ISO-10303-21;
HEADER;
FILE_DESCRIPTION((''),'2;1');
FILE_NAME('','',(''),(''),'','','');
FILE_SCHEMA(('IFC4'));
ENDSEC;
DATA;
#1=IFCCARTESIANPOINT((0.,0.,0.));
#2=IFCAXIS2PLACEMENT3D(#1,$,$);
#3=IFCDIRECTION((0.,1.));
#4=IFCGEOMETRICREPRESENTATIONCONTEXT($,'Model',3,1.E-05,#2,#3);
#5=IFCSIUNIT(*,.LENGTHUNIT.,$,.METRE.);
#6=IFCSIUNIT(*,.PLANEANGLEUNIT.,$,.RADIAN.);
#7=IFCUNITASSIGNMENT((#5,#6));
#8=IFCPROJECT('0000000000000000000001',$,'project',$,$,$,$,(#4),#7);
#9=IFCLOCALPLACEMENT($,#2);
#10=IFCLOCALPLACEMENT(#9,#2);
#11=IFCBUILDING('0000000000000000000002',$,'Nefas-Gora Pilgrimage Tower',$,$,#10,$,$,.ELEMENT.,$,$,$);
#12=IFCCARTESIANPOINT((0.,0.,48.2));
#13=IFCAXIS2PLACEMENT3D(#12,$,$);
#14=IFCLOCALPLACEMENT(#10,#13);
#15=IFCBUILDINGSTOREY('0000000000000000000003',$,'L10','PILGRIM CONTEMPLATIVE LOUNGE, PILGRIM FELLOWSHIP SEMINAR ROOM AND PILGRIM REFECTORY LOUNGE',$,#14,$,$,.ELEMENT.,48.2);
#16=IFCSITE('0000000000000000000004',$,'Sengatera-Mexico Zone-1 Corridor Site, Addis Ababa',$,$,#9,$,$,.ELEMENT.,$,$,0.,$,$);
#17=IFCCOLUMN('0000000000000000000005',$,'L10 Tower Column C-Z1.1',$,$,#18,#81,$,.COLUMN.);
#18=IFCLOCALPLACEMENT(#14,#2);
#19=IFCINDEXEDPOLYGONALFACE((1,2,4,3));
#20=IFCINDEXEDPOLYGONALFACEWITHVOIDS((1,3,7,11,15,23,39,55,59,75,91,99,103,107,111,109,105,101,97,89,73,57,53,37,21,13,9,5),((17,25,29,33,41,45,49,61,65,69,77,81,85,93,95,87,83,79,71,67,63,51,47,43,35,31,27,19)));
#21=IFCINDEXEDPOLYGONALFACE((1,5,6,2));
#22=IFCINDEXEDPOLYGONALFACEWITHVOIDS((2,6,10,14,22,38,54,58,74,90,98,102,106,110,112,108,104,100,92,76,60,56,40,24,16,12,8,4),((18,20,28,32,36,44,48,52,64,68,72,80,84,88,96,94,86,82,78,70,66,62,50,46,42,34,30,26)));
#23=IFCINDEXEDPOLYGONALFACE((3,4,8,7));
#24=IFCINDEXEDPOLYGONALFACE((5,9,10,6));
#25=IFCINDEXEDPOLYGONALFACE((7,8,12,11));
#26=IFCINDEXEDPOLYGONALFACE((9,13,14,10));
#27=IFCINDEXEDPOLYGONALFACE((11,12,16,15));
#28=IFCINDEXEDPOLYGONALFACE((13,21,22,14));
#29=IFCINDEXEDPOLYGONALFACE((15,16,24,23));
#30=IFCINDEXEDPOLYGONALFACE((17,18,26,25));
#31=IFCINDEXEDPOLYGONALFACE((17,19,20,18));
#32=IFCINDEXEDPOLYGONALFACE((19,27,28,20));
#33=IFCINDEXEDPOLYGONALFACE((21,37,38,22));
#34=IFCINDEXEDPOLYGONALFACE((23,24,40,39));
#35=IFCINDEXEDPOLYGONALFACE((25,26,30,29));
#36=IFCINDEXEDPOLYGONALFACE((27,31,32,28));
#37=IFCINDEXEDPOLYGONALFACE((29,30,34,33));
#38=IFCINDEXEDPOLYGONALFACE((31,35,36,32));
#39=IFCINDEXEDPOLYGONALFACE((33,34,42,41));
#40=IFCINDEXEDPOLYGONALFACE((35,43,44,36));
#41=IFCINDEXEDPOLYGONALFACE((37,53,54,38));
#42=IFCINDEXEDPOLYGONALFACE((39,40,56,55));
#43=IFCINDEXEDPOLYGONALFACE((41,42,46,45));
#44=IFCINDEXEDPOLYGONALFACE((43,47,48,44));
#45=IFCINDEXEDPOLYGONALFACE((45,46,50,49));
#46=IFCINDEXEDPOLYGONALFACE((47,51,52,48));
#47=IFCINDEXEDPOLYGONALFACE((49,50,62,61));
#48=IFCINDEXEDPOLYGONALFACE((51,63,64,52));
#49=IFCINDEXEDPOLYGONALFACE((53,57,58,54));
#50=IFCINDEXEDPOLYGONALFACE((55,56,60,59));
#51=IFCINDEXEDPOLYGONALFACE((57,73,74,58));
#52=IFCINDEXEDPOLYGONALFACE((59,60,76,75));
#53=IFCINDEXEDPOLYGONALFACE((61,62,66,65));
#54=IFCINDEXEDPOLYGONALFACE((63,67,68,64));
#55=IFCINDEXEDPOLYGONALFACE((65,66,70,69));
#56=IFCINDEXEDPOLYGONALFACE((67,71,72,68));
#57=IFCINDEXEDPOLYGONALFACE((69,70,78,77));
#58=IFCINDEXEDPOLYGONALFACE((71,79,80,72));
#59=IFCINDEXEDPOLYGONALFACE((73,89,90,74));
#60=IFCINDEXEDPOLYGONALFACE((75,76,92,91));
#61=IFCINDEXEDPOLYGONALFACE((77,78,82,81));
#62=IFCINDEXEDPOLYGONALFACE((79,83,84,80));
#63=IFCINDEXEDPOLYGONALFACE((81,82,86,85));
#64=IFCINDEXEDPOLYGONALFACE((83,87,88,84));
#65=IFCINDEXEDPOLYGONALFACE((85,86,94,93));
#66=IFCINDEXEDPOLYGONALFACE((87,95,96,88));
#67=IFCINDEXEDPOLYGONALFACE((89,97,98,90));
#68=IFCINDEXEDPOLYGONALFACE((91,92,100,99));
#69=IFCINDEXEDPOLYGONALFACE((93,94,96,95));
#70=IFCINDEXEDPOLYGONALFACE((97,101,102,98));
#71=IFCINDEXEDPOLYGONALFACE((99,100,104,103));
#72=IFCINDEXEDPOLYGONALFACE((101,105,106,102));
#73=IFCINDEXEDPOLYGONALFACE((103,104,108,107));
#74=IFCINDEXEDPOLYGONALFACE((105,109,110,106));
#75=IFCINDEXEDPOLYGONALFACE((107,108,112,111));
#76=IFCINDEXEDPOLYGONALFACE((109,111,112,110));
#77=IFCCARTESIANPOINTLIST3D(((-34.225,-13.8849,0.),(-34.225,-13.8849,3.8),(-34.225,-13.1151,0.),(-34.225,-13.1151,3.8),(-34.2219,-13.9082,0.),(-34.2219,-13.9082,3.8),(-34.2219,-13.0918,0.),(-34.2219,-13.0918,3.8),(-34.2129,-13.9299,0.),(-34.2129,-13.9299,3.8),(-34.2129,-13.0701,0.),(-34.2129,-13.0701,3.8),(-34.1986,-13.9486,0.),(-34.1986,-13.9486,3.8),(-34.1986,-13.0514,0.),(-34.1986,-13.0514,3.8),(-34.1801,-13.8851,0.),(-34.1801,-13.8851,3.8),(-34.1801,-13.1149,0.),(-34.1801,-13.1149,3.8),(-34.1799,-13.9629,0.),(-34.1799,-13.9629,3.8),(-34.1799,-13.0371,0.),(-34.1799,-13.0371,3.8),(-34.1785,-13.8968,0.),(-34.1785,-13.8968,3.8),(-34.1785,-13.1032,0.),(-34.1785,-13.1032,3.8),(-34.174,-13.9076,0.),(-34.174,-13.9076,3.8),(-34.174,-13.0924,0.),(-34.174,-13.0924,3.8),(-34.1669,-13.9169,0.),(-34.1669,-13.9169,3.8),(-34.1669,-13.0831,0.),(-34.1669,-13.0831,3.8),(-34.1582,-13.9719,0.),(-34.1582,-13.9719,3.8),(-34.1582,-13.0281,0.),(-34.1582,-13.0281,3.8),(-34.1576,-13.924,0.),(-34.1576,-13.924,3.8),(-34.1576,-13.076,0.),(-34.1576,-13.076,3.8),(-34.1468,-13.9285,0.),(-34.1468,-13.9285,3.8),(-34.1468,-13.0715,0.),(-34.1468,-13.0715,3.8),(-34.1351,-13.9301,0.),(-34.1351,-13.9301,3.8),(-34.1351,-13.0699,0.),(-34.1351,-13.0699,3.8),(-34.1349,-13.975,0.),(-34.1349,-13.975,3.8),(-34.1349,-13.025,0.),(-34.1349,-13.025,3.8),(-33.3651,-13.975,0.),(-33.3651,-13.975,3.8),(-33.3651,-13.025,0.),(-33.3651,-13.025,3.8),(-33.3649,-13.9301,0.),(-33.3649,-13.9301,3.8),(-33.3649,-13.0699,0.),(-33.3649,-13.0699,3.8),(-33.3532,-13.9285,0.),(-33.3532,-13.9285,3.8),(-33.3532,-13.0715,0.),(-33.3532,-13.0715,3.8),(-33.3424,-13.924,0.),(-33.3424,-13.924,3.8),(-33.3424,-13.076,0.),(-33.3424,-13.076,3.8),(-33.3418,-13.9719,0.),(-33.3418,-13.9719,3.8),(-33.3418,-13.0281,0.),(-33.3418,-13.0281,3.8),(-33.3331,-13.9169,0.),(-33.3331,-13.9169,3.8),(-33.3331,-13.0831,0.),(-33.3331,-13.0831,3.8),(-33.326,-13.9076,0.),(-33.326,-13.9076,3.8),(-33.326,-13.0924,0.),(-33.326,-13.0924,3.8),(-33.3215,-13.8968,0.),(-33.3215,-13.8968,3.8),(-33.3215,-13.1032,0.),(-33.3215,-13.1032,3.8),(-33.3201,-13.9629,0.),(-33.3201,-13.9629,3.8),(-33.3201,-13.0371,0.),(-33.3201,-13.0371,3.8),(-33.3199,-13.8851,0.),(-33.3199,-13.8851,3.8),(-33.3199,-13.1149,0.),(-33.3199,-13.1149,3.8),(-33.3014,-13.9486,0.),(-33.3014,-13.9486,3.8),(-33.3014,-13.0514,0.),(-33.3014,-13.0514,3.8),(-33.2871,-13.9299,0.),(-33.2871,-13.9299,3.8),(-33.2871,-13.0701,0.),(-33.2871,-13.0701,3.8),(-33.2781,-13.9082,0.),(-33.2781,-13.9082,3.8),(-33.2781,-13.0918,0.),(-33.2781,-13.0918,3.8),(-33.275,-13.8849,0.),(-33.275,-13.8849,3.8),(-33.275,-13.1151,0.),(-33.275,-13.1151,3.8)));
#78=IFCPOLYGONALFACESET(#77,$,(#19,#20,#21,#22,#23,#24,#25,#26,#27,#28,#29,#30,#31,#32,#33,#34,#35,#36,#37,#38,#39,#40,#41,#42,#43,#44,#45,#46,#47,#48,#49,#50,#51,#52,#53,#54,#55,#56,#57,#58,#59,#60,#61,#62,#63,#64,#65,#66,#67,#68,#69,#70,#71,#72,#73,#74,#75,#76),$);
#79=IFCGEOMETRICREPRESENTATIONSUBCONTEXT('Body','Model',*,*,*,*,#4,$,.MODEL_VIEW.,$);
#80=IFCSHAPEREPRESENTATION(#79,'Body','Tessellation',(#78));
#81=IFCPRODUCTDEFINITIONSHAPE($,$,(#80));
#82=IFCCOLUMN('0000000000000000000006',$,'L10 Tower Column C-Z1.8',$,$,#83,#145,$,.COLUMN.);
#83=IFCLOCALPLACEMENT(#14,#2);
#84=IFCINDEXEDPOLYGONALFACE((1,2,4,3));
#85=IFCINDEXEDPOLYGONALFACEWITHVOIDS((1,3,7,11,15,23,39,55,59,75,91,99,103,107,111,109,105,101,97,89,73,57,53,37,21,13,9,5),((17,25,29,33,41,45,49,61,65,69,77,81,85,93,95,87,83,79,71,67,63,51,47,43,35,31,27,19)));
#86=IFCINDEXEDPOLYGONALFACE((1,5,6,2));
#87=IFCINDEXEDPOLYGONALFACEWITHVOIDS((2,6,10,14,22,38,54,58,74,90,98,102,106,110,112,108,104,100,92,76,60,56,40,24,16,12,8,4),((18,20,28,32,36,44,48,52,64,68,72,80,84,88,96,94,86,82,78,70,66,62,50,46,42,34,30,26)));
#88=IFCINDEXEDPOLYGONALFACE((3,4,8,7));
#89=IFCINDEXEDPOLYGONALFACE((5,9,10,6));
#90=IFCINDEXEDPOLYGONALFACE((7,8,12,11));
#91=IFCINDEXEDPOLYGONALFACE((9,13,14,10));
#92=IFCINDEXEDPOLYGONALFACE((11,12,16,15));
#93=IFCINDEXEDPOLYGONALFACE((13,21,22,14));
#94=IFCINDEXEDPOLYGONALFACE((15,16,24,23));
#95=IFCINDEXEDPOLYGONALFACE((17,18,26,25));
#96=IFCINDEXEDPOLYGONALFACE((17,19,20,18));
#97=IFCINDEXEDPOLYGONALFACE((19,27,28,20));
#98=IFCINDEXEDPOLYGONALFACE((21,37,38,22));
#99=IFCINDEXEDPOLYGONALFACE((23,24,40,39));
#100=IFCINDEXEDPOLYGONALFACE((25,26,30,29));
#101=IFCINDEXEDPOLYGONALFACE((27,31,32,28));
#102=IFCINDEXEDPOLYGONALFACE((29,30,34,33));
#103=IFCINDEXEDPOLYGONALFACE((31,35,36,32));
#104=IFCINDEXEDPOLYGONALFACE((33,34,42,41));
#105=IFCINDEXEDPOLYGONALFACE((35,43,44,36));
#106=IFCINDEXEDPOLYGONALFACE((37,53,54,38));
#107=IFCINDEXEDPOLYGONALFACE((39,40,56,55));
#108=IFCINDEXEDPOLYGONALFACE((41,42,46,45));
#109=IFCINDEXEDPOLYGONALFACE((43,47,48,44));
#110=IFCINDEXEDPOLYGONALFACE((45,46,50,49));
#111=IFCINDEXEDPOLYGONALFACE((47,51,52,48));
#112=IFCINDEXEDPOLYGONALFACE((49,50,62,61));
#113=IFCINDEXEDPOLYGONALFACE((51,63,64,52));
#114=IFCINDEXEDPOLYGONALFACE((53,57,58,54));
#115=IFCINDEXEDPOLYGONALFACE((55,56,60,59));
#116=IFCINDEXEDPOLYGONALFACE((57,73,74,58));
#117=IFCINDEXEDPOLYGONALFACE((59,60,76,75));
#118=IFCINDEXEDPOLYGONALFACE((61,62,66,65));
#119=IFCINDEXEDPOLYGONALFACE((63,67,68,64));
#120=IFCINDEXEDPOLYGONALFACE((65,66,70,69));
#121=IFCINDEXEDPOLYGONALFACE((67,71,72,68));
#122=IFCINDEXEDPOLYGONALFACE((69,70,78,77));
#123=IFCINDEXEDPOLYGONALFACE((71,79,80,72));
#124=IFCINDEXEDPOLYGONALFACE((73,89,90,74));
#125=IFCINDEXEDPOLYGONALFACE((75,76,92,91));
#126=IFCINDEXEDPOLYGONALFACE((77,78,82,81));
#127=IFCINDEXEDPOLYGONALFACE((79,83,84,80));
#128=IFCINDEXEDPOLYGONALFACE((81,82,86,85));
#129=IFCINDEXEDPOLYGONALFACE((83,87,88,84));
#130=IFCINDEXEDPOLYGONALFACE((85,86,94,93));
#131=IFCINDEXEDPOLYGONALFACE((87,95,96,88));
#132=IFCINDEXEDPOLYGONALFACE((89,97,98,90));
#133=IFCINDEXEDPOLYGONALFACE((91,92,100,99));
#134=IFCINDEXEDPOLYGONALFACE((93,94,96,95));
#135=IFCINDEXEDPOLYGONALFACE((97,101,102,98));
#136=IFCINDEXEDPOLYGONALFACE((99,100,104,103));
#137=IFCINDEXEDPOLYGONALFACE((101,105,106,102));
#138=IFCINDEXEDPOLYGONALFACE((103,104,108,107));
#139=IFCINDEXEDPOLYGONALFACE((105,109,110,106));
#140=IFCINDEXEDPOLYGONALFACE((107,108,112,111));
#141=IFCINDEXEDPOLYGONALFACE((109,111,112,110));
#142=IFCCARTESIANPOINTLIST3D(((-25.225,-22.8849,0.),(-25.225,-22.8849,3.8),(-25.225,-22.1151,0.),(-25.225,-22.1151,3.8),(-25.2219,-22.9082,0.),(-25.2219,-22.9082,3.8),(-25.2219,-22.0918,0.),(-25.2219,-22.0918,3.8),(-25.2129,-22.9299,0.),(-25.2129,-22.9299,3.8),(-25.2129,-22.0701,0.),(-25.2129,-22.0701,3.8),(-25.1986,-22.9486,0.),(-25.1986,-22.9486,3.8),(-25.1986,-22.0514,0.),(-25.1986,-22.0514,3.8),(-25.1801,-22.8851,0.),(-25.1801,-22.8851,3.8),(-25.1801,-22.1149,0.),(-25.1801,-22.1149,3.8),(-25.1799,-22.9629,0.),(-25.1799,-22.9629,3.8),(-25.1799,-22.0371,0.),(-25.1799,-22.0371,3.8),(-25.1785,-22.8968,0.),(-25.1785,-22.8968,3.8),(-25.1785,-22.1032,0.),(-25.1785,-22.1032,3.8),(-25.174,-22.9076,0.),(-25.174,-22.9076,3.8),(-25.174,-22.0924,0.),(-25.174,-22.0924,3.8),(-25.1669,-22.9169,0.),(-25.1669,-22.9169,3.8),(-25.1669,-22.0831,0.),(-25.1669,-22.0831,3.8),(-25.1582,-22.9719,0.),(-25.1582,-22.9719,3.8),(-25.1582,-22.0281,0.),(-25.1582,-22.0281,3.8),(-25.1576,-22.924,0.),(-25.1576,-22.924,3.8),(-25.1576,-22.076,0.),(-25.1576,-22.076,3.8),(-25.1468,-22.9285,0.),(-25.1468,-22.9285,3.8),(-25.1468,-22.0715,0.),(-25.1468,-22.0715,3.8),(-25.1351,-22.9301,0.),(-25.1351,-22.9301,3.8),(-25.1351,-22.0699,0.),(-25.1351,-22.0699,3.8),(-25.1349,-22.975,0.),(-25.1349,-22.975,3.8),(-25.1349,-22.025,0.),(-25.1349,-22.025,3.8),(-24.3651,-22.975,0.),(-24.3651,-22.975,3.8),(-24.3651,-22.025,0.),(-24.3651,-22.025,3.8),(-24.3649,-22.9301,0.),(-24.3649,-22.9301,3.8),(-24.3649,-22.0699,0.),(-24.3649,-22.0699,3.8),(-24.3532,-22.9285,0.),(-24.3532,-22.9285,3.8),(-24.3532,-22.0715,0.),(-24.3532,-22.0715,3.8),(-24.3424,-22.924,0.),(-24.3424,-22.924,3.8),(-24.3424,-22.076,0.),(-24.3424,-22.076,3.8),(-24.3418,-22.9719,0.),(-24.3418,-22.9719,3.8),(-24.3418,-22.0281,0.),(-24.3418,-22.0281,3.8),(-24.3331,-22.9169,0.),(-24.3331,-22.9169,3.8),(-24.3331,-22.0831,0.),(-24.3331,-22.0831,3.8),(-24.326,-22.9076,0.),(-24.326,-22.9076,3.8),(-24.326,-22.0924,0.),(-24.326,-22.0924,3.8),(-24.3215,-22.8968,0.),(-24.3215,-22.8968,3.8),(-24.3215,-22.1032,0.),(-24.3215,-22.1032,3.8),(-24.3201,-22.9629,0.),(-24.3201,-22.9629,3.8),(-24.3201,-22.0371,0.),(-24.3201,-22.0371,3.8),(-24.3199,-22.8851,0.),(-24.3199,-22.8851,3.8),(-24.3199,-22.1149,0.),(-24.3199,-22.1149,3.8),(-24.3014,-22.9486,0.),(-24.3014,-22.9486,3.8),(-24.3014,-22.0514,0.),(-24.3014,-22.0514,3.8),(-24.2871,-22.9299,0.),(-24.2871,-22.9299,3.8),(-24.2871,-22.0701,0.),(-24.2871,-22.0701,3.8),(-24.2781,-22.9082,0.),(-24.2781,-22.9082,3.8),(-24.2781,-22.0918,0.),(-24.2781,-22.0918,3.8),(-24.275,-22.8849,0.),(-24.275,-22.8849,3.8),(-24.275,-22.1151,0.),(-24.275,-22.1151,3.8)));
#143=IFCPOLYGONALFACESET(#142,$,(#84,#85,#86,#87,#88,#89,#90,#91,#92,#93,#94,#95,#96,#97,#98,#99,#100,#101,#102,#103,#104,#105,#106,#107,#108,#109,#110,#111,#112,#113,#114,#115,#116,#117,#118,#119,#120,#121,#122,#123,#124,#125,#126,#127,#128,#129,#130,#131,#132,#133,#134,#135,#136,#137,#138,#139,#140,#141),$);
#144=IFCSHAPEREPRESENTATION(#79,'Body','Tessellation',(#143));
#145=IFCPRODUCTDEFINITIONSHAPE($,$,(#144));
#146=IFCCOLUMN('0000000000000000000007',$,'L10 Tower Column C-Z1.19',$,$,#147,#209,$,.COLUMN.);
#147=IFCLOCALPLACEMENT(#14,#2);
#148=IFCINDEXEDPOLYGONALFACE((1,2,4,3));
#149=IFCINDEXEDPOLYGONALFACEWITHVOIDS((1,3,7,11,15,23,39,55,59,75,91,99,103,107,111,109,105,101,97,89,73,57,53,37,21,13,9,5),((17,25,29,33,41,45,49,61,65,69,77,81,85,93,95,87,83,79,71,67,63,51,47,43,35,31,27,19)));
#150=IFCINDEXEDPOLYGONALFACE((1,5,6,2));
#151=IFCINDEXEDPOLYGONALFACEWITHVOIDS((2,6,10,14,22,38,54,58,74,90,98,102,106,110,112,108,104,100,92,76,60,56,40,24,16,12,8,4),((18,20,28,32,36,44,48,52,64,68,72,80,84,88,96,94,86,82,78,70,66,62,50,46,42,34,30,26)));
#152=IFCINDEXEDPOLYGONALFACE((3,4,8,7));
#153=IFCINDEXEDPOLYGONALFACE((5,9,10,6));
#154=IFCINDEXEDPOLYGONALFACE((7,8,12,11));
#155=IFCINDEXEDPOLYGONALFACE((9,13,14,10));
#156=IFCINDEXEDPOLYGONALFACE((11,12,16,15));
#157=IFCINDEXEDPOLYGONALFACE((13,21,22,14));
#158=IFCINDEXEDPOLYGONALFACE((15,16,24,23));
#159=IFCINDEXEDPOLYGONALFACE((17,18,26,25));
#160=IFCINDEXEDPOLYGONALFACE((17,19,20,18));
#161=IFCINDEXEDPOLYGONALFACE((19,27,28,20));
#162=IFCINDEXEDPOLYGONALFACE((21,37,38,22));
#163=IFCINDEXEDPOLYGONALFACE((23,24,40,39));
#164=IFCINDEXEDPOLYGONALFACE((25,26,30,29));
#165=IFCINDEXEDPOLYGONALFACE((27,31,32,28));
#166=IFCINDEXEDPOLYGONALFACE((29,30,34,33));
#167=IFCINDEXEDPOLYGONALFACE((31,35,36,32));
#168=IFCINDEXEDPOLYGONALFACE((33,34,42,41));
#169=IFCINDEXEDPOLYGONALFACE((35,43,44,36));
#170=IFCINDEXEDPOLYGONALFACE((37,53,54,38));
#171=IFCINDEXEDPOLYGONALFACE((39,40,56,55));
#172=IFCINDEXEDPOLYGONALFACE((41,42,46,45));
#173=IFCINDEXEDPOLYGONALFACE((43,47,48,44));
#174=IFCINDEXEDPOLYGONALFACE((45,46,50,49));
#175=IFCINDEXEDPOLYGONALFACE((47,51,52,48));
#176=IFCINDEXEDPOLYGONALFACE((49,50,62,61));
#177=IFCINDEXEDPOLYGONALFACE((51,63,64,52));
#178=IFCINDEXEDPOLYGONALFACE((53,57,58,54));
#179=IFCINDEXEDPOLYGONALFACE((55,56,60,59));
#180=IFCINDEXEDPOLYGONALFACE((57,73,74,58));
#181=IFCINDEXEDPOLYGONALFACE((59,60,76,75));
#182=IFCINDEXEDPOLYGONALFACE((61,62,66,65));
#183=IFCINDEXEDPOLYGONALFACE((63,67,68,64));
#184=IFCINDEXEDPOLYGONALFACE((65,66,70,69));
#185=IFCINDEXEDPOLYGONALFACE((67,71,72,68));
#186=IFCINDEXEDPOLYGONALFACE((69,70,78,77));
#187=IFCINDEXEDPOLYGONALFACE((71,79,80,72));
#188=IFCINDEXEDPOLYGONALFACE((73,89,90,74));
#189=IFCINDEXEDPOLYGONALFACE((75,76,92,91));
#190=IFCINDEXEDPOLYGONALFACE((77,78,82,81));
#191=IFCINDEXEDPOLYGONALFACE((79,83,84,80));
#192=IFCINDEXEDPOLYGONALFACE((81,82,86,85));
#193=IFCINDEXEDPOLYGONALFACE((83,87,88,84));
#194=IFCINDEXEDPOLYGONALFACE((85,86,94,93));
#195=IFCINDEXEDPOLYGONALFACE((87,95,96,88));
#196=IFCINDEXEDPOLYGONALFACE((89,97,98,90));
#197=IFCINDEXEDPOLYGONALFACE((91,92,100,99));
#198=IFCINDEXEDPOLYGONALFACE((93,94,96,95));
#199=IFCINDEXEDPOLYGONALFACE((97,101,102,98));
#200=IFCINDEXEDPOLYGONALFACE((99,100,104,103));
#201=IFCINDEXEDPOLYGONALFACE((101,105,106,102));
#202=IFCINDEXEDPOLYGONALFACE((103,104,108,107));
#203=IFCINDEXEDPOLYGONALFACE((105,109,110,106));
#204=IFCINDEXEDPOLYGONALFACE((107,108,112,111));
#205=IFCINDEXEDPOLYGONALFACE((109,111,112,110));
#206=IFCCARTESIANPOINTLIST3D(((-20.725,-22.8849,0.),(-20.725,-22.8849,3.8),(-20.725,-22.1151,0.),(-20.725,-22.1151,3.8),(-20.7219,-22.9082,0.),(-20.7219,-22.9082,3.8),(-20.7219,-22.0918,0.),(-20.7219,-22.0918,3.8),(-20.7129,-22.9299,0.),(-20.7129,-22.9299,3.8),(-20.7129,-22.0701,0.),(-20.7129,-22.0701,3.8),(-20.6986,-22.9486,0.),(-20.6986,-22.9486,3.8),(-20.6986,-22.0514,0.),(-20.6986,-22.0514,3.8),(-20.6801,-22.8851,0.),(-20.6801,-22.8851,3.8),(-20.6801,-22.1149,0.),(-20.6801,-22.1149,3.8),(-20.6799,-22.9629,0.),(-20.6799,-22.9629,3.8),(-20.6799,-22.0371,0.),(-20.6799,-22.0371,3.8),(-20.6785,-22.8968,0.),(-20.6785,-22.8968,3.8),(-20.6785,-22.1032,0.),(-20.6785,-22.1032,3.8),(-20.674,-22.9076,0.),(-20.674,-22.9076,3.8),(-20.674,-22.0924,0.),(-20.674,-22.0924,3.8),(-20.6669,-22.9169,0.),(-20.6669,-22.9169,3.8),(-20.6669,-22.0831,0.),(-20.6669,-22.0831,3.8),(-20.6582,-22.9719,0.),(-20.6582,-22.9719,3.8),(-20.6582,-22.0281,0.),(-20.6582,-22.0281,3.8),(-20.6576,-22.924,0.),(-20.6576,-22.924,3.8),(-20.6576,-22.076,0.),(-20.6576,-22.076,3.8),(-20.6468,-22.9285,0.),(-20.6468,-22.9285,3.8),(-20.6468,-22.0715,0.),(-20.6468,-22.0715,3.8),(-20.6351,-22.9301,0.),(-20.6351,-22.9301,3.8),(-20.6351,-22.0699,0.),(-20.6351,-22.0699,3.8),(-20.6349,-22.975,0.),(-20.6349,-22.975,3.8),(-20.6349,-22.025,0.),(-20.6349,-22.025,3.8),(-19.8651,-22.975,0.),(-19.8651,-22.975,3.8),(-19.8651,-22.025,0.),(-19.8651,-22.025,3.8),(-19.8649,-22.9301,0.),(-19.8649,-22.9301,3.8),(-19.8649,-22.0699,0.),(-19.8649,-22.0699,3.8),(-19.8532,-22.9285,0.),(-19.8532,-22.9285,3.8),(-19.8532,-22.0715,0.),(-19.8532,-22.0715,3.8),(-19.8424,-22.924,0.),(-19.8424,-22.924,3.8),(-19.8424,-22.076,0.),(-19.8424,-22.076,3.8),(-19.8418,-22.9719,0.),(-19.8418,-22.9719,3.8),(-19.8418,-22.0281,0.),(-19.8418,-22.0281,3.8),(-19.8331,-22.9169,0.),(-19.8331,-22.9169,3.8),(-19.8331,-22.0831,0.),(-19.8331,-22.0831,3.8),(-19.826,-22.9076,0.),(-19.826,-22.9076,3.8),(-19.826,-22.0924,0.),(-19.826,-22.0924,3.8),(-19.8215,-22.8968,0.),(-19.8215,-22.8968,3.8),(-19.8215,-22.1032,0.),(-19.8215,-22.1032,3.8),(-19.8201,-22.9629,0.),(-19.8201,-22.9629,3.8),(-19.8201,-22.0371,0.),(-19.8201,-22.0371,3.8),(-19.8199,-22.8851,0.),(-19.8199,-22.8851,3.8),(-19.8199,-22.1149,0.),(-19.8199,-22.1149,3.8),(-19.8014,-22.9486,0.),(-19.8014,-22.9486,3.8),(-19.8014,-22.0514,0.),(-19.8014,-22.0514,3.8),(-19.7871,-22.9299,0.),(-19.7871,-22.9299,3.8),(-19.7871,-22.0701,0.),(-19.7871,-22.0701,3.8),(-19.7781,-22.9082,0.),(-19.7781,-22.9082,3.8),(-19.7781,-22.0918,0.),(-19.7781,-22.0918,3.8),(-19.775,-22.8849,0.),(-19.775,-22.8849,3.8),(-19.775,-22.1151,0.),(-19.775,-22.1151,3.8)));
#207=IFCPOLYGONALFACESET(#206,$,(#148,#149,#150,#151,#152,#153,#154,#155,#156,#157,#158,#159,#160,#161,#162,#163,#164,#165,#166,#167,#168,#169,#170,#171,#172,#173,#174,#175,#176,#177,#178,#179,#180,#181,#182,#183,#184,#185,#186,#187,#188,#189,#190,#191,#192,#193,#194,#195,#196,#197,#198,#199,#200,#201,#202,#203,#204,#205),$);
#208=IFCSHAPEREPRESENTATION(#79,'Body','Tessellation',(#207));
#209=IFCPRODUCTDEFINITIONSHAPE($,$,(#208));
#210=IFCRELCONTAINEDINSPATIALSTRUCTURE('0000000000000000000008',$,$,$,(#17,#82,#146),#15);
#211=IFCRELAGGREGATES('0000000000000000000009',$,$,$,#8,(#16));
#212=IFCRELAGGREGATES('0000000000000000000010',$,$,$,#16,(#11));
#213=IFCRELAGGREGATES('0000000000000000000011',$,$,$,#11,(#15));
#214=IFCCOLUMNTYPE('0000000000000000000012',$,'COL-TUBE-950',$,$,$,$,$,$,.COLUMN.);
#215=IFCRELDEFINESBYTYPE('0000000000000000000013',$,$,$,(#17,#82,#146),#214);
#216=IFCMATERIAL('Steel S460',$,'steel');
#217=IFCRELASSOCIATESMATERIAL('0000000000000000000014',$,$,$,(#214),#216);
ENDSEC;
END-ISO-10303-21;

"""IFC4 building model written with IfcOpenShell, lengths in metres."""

from ifc_helpers import new_model, si_unit, direction, frame, origin, origin_2d, place, context, subcontext, project, spatial, hollow_rectangle, extrude, source, transform, mapped, material, material_profile, profile_set, type_object, element, save


model = new_model("IFC4")

# Units and contexts
model_context = context("Model", 3, precision=1e-05, world=origin(), true_north=direction((0.0, 1.0)))
body_context = subcontext(model_context, "Body", "Model", "MODEL_VIEW")
ifc_project = project(units=[si_unit("LENGTHUNIT", "METRE"), si_unit("PLANEANGLEUNIT", "RADIAN")], contexts=[model_context])

# Site, building, storey
site_placement = place(None, origin())
site = spatial("IfcSite", under=ifc_project, at=site_placement, Name="Sengatera-Mexico Zone-1 Corridor Site, Addis Ababa", CompositionType="ELEMENT", RefElevation=0.0)
building_placement = place(site_placement, origin())
building = spatial("IfcBuilding", under=site, at=building_placement, Name="Nefas-Gora Pilgrimage Tower", CompositionType="ELEMENT")
storey_placement = place(building_placement, frame((0.0, 0.0, 48.2)))
storey = spatial("IfcBuildingStorey", under=building, at=storey_placement, Name="L10", Description="PILGRIM CONTEMPLATIVE LOUNGE, PILGRIM FELLOWSHIP SEMINAR ROOM AND PILGRIM REFECTORY LOUNGE", CompositionType="ELEMENT", Elevation=48.2)

# Columns
ifc_material_1 = material(Name="Steel S460", Category="steel")
ifc_material_profile_1 = material_profile(ifc_material_1, hollow_rectangle(XDim=0.95, YDim=0.95, WallThickness=0.0449, InnerFilletRadius=0.0449, OuterFilletRadius=0.0901, at=origin_2d()), Name="BOX 950x950x45")
ifc_profile_set_1 = profile_set([ifc_material_profile_1], Name="Steel S460")
column_type_1 = type_object("IfcColumnType", Name="COL-TUBE-950", PredefinedType="COLUMN", material=ifc_profile_set_1)
shared_shape_1 = source(origin(), body_context, "Body", "SweptSolid", [
    extrude(hollow_rectangle(XDim=0.95, YDim=0.95, WallThickness=0.0449, InnerFilletRadius=0.0449, OuterFilletRadius=0.0901, at=origin_2d()), origin(), (0.0, 0.0, 1.0), 3.8),
])
for number, where, z_axis, x_axis, name in (
    (1, (-33.75, -13.5, 0.0), (0.0, 0.0, 1.0), (1.0, 0.0, 0.0), "L10 Tower Column C-Z1.1"),
    (2, (-24.75, -22.5, 0.0), (0.0, 0.0, 1.0), (1.0, 0.0, 0.0), "L10 Tower Column C-Z1.8"),
    (3, (-20.25, -22.5, 0.0), (0.0, 0.0, 1.0), (1.0, 0.0, 0.0), "L10 Tower Column C-Z1.19"),
):
    element("IfcColumn", number, at=place(storey_placement, frame(where, z_axis=z_axis, x_axis=x_axis)), inside=storey, type_object=column_type_1, Name=name, PredefinedType="COLUMN", context=body_context, shape_type="MappedRepresentation", body=[
        mapped(shared_shape_1, transform((0.0, 0.0, 0.0), x_axis=(1.0, 0.0, 0.0), y_axis=(0.0, 1.0, 0.0), z_axis=(0.0, 0.0, 1.0), scale=1.0)),
    ])

save(model, "model.ifc")
